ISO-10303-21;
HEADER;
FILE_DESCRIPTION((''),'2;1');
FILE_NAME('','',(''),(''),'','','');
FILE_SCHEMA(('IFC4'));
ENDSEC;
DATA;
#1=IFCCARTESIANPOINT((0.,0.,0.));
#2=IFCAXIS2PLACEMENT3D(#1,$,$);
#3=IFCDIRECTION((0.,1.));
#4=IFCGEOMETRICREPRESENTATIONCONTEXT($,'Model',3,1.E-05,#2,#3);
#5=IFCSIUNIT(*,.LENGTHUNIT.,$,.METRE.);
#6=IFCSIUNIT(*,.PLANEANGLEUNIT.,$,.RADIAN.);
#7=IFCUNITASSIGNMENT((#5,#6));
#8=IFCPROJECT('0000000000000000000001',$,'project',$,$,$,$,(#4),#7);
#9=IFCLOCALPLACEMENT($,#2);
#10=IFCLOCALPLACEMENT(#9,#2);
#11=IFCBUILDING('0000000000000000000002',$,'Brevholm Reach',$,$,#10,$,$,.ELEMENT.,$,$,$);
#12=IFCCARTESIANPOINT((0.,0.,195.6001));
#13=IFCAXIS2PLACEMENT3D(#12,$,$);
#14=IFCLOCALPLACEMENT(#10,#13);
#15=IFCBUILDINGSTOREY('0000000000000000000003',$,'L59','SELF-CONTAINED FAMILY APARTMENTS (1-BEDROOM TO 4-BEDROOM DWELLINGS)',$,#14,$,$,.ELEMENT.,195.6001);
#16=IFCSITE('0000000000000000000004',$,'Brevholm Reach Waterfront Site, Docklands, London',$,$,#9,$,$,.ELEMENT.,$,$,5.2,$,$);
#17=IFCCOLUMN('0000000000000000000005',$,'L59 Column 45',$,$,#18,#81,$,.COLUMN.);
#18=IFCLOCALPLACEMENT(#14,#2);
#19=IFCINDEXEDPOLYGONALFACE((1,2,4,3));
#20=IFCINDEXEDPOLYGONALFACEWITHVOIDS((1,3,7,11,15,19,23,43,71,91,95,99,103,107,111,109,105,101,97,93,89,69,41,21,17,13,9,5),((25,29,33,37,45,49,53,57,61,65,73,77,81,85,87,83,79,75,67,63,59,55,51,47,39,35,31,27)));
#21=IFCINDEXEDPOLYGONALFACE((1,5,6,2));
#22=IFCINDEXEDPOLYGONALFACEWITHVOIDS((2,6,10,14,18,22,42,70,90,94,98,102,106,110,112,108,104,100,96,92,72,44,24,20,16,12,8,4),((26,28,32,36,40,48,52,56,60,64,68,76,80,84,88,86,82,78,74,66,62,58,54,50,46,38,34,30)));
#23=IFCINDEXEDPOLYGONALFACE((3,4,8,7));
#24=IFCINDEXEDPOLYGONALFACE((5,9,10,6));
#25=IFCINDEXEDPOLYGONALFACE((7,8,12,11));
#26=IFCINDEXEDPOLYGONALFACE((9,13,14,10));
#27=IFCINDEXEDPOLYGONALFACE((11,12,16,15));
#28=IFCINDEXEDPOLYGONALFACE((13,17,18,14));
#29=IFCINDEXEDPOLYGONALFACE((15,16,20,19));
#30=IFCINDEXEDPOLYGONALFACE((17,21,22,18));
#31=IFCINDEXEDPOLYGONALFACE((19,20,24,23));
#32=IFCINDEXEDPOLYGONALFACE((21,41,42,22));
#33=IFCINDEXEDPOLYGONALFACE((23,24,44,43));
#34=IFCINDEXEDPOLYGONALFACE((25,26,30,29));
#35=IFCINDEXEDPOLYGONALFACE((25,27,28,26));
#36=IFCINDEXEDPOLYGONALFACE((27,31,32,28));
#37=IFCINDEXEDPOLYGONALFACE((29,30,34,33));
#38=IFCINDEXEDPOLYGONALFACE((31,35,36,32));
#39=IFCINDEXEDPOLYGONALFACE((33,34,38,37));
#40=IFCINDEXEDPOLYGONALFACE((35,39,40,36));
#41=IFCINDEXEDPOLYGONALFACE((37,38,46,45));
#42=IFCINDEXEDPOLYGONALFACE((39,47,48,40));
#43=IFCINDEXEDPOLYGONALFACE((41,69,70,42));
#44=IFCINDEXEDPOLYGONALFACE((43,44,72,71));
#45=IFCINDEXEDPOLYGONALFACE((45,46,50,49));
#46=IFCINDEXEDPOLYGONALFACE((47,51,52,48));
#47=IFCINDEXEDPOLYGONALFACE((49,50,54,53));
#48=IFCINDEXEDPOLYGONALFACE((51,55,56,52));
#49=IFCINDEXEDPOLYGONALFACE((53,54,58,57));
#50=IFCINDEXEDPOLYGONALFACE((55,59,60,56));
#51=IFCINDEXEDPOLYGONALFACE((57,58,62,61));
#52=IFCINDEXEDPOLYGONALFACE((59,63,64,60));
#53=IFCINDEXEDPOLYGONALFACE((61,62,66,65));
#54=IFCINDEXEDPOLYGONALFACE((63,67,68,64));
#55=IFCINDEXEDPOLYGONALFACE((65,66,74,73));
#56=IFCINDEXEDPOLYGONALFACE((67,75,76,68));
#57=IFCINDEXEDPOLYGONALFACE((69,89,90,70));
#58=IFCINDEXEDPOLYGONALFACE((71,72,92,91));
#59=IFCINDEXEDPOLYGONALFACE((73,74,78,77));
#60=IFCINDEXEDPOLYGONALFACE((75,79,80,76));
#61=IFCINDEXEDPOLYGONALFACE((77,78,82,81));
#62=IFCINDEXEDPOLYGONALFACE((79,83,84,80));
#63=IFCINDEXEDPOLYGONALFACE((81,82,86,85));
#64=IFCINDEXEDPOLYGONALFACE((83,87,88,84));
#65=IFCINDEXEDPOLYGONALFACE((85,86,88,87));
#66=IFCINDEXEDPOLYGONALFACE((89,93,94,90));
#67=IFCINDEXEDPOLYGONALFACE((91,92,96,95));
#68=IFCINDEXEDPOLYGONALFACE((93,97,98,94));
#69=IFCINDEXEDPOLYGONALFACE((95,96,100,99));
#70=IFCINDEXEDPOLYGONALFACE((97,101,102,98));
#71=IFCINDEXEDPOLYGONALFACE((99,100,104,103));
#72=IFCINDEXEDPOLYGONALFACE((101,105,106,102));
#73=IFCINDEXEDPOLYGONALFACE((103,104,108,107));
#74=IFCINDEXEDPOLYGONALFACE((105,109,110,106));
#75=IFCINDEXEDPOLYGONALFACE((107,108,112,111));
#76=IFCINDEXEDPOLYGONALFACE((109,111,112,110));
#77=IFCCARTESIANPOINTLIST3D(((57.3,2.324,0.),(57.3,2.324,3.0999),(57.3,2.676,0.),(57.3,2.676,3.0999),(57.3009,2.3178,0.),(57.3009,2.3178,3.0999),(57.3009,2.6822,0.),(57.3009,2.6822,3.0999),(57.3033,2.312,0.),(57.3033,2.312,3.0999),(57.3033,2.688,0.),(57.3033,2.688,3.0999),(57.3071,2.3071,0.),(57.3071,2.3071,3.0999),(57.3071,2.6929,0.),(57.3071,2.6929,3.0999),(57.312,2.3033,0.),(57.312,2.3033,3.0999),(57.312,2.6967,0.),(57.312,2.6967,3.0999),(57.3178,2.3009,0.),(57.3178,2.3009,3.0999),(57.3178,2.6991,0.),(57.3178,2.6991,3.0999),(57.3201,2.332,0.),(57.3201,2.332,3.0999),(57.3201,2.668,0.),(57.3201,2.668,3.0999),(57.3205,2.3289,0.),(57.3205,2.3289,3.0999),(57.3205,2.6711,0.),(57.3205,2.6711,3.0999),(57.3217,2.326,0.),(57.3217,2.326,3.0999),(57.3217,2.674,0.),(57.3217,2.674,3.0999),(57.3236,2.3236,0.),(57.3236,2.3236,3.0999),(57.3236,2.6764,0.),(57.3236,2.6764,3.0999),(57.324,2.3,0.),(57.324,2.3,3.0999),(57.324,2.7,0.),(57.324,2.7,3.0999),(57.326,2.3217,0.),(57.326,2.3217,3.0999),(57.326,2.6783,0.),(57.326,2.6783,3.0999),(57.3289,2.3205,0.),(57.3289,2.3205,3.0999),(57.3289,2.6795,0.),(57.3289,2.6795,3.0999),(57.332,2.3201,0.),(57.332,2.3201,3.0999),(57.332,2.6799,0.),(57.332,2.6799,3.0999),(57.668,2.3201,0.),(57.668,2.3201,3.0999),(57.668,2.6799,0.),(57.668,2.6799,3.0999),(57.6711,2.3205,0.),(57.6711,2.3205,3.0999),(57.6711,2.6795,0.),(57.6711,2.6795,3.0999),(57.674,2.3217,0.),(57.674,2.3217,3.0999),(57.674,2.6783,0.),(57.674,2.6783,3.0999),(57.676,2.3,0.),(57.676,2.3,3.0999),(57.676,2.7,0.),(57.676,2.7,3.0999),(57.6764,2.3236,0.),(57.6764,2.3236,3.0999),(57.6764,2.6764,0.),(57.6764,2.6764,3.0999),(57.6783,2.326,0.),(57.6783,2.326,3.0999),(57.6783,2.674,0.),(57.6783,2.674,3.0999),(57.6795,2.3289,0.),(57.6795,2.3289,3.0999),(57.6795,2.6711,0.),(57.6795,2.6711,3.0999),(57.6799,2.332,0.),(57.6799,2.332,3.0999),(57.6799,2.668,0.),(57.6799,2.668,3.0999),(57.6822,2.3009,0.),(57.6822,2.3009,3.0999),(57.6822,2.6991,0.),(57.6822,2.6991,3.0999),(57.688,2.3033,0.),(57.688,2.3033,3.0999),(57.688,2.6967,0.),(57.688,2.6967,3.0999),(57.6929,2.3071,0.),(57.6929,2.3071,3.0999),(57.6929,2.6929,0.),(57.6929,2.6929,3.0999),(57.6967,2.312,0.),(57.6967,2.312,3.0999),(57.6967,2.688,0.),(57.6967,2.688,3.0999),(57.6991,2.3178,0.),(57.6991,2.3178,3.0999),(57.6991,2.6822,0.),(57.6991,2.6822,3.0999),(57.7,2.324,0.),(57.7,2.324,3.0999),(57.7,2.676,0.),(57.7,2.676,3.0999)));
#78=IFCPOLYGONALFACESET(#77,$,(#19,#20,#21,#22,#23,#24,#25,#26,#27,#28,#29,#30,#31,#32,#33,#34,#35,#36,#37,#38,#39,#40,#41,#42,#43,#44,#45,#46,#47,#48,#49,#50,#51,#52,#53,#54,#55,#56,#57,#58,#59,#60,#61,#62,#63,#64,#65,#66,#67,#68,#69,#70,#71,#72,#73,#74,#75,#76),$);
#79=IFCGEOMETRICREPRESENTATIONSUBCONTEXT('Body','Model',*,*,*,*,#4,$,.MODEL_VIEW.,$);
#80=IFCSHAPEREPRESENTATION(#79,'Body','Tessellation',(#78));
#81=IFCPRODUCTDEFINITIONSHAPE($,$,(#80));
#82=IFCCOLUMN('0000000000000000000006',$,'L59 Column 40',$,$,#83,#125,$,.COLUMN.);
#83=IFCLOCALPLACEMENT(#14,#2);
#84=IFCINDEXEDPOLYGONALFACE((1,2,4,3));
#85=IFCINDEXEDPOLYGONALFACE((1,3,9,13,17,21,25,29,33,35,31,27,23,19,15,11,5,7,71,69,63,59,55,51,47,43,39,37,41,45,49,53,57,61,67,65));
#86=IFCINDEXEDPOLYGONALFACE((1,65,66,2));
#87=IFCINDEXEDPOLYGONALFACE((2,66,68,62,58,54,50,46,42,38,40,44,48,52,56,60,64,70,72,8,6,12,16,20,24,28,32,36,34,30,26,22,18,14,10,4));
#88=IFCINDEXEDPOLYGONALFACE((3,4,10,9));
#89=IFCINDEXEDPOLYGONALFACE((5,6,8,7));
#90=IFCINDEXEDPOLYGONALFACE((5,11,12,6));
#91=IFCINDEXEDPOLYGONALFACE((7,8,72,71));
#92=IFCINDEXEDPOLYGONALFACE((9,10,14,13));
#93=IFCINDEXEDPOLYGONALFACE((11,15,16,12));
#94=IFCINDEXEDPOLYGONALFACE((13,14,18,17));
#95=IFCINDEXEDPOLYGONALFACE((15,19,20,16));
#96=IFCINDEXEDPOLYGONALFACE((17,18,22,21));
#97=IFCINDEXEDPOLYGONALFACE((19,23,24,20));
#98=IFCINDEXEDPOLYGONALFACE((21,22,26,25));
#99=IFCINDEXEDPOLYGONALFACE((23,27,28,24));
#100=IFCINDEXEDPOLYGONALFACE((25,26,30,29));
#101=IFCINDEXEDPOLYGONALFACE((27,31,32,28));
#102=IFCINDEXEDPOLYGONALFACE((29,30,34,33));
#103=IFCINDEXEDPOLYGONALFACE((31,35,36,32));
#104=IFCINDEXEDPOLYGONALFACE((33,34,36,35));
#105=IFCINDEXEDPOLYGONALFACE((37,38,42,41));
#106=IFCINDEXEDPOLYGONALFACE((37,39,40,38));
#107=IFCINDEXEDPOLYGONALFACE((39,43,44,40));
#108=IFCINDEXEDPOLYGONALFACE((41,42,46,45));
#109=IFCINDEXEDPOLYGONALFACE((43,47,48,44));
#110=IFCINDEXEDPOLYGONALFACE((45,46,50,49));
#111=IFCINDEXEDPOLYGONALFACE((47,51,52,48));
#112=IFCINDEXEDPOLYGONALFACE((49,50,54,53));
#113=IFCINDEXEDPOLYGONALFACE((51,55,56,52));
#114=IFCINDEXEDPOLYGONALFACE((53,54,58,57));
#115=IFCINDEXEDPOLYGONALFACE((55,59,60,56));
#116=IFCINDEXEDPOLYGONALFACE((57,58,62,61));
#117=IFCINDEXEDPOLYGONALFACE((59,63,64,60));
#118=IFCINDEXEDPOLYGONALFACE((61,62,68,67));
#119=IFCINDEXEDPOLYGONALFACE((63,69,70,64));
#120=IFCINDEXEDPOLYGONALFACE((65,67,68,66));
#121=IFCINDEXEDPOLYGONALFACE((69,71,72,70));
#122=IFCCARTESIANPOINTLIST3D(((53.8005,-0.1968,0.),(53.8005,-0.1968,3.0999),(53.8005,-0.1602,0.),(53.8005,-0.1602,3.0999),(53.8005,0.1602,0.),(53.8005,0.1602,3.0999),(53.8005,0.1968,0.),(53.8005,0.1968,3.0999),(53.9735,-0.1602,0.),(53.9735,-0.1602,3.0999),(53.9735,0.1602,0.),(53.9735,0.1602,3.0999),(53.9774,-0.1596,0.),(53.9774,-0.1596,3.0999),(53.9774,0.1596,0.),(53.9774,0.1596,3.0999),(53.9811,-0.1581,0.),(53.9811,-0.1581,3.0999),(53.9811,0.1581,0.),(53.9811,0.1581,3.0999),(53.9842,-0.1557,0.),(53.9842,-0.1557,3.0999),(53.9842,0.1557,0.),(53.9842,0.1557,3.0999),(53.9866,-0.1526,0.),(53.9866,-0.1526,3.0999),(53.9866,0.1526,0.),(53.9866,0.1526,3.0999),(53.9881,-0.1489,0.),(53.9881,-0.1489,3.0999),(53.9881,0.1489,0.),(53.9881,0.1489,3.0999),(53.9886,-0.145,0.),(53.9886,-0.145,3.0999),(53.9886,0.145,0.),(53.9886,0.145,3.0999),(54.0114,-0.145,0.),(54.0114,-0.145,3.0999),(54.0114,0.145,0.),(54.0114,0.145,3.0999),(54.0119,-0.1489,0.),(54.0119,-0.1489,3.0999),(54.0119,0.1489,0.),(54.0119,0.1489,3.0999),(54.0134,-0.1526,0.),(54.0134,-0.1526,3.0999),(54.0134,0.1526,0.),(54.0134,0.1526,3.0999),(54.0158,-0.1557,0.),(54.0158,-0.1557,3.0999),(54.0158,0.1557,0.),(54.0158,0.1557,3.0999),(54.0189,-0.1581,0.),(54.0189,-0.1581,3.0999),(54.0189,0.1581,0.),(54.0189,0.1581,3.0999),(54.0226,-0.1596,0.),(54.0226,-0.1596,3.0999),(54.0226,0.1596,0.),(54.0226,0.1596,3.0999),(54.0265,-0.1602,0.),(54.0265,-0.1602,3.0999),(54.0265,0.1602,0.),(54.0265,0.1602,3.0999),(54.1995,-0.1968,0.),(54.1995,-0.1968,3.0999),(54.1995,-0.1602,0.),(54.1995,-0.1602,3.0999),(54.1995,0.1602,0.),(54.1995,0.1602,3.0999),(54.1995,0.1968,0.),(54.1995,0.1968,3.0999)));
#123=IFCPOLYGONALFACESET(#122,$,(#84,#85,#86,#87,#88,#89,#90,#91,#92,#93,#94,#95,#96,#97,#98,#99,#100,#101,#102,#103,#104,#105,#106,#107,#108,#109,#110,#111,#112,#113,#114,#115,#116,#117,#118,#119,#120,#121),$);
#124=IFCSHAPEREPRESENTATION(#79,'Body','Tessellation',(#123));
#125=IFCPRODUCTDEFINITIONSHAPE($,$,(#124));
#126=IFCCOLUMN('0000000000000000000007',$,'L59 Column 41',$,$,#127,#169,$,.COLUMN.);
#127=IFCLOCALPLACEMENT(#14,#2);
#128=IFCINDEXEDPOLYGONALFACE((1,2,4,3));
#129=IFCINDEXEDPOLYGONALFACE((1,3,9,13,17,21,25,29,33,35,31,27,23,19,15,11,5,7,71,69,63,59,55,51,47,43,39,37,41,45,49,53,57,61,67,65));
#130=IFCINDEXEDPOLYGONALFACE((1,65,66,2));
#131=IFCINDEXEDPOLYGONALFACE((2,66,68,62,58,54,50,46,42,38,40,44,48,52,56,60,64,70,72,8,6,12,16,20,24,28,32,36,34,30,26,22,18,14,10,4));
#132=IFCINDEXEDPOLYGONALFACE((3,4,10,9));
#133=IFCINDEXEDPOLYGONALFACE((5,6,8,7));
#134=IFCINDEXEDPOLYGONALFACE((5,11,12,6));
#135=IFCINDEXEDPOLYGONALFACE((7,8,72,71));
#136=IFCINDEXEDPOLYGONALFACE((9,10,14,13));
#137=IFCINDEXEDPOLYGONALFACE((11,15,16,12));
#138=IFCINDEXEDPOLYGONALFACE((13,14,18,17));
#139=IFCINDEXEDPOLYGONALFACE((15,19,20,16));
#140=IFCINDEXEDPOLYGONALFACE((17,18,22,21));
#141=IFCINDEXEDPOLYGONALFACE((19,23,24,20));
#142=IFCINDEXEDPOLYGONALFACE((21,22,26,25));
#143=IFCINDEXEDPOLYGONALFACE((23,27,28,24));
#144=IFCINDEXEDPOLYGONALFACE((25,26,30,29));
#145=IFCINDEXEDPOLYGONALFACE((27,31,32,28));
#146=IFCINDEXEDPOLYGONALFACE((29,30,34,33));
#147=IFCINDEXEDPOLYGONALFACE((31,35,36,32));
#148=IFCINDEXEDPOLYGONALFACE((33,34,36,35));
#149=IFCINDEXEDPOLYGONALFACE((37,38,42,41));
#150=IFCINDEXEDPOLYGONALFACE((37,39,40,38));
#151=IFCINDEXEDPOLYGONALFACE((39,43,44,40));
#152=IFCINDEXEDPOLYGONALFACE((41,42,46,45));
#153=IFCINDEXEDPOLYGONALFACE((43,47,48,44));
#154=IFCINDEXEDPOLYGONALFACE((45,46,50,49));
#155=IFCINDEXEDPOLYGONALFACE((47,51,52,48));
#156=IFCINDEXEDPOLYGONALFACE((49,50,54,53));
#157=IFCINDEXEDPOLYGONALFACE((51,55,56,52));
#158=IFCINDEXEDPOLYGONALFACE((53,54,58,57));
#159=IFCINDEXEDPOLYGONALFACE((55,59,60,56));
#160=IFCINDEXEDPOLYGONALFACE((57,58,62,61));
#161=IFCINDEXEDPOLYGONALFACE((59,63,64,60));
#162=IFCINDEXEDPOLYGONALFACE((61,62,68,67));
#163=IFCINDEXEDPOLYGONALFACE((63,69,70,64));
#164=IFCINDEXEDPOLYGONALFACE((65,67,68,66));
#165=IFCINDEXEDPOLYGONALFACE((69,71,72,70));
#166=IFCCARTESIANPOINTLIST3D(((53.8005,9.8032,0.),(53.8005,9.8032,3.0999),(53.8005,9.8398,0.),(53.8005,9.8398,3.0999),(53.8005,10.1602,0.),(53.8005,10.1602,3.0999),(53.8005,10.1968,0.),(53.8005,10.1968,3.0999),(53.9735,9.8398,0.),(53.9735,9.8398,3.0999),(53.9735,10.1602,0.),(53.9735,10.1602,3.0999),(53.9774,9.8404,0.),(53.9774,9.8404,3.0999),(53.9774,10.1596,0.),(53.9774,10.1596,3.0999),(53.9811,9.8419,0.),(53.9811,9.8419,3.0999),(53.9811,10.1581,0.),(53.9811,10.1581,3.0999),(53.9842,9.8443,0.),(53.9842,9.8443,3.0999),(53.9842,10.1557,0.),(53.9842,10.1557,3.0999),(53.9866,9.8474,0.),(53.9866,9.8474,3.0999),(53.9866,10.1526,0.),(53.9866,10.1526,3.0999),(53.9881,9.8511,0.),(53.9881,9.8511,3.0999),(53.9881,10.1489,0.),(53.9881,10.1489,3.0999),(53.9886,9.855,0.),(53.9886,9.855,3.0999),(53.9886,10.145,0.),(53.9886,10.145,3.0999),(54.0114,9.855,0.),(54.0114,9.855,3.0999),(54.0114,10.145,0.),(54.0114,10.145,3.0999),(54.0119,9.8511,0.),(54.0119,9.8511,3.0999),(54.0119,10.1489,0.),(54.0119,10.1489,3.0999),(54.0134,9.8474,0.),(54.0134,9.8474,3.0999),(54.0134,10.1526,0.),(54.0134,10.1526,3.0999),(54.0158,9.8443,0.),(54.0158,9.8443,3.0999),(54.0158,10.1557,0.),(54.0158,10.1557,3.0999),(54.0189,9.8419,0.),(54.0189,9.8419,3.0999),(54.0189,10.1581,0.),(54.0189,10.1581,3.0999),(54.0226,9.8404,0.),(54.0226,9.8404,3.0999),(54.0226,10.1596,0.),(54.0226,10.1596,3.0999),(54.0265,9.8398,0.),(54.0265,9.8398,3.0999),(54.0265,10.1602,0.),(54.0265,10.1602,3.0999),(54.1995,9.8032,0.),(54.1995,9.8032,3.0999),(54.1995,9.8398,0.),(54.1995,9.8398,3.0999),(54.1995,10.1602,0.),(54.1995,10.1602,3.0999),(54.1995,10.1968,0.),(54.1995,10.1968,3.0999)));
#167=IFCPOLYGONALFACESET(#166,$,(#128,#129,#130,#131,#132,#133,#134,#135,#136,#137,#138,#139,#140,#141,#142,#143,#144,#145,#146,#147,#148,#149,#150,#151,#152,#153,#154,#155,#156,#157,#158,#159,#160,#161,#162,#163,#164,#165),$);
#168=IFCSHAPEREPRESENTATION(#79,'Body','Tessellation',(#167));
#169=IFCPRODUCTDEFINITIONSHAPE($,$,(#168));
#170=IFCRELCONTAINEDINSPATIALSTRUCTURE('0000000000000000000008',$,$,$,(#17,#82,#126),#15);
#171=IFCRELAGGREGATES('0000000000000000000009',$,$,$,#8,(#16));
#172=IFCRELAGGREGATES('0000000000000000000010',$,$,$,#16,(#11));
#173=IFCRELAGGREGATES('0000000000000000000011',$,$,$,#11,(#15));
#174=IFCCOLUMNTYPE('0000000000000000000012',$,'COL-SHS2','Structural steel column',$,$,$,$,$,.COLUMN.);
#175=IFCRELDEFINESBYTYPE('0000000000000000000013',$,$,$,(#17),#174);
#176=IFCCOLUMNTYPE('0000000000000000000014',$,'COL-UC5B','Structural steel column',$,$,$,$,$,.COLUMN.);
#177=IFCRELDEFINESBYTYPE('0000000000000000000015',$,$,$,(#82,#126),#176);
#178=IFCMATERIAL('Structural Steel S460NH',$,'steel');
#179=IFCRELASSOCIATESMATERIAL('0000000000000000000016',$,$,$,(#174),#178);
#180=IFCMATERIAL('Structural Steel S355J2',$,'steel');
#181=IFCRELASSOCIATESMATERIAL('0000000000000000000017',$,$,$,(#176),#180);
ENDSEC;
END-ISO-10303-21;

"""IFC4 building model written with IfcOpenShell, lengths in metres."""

from ifc_helpers import new_model, si_unit, direction, frame, origin, origin_2d, place, context, subcontext, project, spatial, hollow_rectangle, i_section, extrude, material, material_profile, profile_set, type_object, element, save


model = new_model("IFC4")

# Units and contexts
model_context = context("Model", 3, precision=1e-05, world=origin(), true_north=direction((0.0, 1.0)))
body_context = subcontext(model_context, "Body", "Model", "MODEL_VIEW")
ifc_project = project(units=[si_unit("LENGTHUNIT", "METRE"), si_unit("PLANEANGLEUNIT", "RADIAN")], contexts=[model_context])

# Site, building, storey
site_placement = place(None, origin())
site = spatial("IfcSite", under=ifc_project, at=site_placement, Name="Brevholm Reach Waterfront Site, Docklands, London", CompositionType="ELEMENT", RefElevation=5.2)
building_placement = place(site_placement, origin())
building = spatial("IfcBuilding", under=site, at=building_placement, Name="Brevholm Reach", CompositionType="ELEMENT")
storey_placement = place(building_placement, frame((0.0, 0.0, 195.6001)))
storey = spatial("IfcBuildingStorey", under=building, at=storey_placement, Name="L59", Description="SELF-CONTAINED FAMILY APARTMENTS (1-BEDROOM TO 4-BEDROOM DWELLINGS)", CompositionType="ELEMENT", Elevation=195.6001)

# Columns
ifc_material_1 = material(Name="Structural Steel S460NH", Category="steel")
ifc_material_profile_1 = material_profile(ifc_material_1, hollow_rectangle(XDim=0.3999, YDim=0.3999, WallThickness=0.02, InnerFilletRadius=0.012, OuterFilletRadius=0.0239, at=origin_2d()), Name="SHS 400x400x20")
ifc_profile_set_1 = profile_set([ifc_material_profile_1], Name="Structural Steel S460NH")
column_type_1 = type_object("IfcColumnType", Name="COL-SHS2", Description="Structural steel column", PredefinedType="COLUMN", material=ifc_profile_set_1)
column_placement = place(storey_placement, frame((57.5, 2.5, 0.0), z_axis=(0.0, 0.0, 1.0), x_axis=(1.0, 0.0, 0.0)))
element("IfcColumn", 1, at=column_placement, inside=storey, type_object=column_type_1, Name="L59 Column 45", PredefinedType="COLUMN", context=body_context, shape_type="SweptSolid", body=[
    extrude(hollow_rectangle(XDim=0.3999, YDim=0.3999, WallThickness=0.02, InnerFilletRadius=0.012, OuterFilletRadius=0.0239, at=origin_2d()), origin(), (0.0, 0.0, 1.0), 3.0999),
])
ifc_material_2 = material(Name="Structural Steel S355J2", Category="steel")
ifc_material_profile_2 = material_profile(ifc_material_2, i_section(OverallWidth=0.3989, OverallDepth=0.3936, WebThickness=0.0227, FlangeThickness=0.0366, FilletRadius=0.0151, at=origin_2d()), Name="UKC 356x406x287")
ifc_profile_set_2 = profile_set([ifc_material_profile_2], Name="Structural Steel S355J2")
column_type_2 = type_object("IfcColumnType", Name="COL-UC5B", Description="Structural steel column", PredefinedType="COLUMN", material=ifc_profile_set_2)
for number, where, z_axis, x_axis, name in (
    (2, (54.0, 0.0, 0.0), (0.0, 0.0, 1.0), (1.0, 0.0, 0.0), "L59 Column 40"),
    (3, (54.0, 10.0, 0.0), (0.0, 0.0, 1.0), (1.0, 0.0, 0.0), "L59 Column 41"),
):
    element("IfcColumn", number, at=place(storey_placement, frame(where, z_axis=z_axis, x_axis=x_axis)), inside=storey, type_object=column_type_2, Name=name, PredefinedType="COLUMN", context=body_context, shape_type="SweptSolid", body=[
        extrude(i_section(OverallWidth=0.3989, OverallDepth=0.3936, WebThickness=0.0227, FlangeThickness=0.0366, FilletRadius=0.0151, at=origin_2d()), origin(), (0.0, 0.0, 1.0), 3.0999),
    ])

save(model, "model.ifc")
